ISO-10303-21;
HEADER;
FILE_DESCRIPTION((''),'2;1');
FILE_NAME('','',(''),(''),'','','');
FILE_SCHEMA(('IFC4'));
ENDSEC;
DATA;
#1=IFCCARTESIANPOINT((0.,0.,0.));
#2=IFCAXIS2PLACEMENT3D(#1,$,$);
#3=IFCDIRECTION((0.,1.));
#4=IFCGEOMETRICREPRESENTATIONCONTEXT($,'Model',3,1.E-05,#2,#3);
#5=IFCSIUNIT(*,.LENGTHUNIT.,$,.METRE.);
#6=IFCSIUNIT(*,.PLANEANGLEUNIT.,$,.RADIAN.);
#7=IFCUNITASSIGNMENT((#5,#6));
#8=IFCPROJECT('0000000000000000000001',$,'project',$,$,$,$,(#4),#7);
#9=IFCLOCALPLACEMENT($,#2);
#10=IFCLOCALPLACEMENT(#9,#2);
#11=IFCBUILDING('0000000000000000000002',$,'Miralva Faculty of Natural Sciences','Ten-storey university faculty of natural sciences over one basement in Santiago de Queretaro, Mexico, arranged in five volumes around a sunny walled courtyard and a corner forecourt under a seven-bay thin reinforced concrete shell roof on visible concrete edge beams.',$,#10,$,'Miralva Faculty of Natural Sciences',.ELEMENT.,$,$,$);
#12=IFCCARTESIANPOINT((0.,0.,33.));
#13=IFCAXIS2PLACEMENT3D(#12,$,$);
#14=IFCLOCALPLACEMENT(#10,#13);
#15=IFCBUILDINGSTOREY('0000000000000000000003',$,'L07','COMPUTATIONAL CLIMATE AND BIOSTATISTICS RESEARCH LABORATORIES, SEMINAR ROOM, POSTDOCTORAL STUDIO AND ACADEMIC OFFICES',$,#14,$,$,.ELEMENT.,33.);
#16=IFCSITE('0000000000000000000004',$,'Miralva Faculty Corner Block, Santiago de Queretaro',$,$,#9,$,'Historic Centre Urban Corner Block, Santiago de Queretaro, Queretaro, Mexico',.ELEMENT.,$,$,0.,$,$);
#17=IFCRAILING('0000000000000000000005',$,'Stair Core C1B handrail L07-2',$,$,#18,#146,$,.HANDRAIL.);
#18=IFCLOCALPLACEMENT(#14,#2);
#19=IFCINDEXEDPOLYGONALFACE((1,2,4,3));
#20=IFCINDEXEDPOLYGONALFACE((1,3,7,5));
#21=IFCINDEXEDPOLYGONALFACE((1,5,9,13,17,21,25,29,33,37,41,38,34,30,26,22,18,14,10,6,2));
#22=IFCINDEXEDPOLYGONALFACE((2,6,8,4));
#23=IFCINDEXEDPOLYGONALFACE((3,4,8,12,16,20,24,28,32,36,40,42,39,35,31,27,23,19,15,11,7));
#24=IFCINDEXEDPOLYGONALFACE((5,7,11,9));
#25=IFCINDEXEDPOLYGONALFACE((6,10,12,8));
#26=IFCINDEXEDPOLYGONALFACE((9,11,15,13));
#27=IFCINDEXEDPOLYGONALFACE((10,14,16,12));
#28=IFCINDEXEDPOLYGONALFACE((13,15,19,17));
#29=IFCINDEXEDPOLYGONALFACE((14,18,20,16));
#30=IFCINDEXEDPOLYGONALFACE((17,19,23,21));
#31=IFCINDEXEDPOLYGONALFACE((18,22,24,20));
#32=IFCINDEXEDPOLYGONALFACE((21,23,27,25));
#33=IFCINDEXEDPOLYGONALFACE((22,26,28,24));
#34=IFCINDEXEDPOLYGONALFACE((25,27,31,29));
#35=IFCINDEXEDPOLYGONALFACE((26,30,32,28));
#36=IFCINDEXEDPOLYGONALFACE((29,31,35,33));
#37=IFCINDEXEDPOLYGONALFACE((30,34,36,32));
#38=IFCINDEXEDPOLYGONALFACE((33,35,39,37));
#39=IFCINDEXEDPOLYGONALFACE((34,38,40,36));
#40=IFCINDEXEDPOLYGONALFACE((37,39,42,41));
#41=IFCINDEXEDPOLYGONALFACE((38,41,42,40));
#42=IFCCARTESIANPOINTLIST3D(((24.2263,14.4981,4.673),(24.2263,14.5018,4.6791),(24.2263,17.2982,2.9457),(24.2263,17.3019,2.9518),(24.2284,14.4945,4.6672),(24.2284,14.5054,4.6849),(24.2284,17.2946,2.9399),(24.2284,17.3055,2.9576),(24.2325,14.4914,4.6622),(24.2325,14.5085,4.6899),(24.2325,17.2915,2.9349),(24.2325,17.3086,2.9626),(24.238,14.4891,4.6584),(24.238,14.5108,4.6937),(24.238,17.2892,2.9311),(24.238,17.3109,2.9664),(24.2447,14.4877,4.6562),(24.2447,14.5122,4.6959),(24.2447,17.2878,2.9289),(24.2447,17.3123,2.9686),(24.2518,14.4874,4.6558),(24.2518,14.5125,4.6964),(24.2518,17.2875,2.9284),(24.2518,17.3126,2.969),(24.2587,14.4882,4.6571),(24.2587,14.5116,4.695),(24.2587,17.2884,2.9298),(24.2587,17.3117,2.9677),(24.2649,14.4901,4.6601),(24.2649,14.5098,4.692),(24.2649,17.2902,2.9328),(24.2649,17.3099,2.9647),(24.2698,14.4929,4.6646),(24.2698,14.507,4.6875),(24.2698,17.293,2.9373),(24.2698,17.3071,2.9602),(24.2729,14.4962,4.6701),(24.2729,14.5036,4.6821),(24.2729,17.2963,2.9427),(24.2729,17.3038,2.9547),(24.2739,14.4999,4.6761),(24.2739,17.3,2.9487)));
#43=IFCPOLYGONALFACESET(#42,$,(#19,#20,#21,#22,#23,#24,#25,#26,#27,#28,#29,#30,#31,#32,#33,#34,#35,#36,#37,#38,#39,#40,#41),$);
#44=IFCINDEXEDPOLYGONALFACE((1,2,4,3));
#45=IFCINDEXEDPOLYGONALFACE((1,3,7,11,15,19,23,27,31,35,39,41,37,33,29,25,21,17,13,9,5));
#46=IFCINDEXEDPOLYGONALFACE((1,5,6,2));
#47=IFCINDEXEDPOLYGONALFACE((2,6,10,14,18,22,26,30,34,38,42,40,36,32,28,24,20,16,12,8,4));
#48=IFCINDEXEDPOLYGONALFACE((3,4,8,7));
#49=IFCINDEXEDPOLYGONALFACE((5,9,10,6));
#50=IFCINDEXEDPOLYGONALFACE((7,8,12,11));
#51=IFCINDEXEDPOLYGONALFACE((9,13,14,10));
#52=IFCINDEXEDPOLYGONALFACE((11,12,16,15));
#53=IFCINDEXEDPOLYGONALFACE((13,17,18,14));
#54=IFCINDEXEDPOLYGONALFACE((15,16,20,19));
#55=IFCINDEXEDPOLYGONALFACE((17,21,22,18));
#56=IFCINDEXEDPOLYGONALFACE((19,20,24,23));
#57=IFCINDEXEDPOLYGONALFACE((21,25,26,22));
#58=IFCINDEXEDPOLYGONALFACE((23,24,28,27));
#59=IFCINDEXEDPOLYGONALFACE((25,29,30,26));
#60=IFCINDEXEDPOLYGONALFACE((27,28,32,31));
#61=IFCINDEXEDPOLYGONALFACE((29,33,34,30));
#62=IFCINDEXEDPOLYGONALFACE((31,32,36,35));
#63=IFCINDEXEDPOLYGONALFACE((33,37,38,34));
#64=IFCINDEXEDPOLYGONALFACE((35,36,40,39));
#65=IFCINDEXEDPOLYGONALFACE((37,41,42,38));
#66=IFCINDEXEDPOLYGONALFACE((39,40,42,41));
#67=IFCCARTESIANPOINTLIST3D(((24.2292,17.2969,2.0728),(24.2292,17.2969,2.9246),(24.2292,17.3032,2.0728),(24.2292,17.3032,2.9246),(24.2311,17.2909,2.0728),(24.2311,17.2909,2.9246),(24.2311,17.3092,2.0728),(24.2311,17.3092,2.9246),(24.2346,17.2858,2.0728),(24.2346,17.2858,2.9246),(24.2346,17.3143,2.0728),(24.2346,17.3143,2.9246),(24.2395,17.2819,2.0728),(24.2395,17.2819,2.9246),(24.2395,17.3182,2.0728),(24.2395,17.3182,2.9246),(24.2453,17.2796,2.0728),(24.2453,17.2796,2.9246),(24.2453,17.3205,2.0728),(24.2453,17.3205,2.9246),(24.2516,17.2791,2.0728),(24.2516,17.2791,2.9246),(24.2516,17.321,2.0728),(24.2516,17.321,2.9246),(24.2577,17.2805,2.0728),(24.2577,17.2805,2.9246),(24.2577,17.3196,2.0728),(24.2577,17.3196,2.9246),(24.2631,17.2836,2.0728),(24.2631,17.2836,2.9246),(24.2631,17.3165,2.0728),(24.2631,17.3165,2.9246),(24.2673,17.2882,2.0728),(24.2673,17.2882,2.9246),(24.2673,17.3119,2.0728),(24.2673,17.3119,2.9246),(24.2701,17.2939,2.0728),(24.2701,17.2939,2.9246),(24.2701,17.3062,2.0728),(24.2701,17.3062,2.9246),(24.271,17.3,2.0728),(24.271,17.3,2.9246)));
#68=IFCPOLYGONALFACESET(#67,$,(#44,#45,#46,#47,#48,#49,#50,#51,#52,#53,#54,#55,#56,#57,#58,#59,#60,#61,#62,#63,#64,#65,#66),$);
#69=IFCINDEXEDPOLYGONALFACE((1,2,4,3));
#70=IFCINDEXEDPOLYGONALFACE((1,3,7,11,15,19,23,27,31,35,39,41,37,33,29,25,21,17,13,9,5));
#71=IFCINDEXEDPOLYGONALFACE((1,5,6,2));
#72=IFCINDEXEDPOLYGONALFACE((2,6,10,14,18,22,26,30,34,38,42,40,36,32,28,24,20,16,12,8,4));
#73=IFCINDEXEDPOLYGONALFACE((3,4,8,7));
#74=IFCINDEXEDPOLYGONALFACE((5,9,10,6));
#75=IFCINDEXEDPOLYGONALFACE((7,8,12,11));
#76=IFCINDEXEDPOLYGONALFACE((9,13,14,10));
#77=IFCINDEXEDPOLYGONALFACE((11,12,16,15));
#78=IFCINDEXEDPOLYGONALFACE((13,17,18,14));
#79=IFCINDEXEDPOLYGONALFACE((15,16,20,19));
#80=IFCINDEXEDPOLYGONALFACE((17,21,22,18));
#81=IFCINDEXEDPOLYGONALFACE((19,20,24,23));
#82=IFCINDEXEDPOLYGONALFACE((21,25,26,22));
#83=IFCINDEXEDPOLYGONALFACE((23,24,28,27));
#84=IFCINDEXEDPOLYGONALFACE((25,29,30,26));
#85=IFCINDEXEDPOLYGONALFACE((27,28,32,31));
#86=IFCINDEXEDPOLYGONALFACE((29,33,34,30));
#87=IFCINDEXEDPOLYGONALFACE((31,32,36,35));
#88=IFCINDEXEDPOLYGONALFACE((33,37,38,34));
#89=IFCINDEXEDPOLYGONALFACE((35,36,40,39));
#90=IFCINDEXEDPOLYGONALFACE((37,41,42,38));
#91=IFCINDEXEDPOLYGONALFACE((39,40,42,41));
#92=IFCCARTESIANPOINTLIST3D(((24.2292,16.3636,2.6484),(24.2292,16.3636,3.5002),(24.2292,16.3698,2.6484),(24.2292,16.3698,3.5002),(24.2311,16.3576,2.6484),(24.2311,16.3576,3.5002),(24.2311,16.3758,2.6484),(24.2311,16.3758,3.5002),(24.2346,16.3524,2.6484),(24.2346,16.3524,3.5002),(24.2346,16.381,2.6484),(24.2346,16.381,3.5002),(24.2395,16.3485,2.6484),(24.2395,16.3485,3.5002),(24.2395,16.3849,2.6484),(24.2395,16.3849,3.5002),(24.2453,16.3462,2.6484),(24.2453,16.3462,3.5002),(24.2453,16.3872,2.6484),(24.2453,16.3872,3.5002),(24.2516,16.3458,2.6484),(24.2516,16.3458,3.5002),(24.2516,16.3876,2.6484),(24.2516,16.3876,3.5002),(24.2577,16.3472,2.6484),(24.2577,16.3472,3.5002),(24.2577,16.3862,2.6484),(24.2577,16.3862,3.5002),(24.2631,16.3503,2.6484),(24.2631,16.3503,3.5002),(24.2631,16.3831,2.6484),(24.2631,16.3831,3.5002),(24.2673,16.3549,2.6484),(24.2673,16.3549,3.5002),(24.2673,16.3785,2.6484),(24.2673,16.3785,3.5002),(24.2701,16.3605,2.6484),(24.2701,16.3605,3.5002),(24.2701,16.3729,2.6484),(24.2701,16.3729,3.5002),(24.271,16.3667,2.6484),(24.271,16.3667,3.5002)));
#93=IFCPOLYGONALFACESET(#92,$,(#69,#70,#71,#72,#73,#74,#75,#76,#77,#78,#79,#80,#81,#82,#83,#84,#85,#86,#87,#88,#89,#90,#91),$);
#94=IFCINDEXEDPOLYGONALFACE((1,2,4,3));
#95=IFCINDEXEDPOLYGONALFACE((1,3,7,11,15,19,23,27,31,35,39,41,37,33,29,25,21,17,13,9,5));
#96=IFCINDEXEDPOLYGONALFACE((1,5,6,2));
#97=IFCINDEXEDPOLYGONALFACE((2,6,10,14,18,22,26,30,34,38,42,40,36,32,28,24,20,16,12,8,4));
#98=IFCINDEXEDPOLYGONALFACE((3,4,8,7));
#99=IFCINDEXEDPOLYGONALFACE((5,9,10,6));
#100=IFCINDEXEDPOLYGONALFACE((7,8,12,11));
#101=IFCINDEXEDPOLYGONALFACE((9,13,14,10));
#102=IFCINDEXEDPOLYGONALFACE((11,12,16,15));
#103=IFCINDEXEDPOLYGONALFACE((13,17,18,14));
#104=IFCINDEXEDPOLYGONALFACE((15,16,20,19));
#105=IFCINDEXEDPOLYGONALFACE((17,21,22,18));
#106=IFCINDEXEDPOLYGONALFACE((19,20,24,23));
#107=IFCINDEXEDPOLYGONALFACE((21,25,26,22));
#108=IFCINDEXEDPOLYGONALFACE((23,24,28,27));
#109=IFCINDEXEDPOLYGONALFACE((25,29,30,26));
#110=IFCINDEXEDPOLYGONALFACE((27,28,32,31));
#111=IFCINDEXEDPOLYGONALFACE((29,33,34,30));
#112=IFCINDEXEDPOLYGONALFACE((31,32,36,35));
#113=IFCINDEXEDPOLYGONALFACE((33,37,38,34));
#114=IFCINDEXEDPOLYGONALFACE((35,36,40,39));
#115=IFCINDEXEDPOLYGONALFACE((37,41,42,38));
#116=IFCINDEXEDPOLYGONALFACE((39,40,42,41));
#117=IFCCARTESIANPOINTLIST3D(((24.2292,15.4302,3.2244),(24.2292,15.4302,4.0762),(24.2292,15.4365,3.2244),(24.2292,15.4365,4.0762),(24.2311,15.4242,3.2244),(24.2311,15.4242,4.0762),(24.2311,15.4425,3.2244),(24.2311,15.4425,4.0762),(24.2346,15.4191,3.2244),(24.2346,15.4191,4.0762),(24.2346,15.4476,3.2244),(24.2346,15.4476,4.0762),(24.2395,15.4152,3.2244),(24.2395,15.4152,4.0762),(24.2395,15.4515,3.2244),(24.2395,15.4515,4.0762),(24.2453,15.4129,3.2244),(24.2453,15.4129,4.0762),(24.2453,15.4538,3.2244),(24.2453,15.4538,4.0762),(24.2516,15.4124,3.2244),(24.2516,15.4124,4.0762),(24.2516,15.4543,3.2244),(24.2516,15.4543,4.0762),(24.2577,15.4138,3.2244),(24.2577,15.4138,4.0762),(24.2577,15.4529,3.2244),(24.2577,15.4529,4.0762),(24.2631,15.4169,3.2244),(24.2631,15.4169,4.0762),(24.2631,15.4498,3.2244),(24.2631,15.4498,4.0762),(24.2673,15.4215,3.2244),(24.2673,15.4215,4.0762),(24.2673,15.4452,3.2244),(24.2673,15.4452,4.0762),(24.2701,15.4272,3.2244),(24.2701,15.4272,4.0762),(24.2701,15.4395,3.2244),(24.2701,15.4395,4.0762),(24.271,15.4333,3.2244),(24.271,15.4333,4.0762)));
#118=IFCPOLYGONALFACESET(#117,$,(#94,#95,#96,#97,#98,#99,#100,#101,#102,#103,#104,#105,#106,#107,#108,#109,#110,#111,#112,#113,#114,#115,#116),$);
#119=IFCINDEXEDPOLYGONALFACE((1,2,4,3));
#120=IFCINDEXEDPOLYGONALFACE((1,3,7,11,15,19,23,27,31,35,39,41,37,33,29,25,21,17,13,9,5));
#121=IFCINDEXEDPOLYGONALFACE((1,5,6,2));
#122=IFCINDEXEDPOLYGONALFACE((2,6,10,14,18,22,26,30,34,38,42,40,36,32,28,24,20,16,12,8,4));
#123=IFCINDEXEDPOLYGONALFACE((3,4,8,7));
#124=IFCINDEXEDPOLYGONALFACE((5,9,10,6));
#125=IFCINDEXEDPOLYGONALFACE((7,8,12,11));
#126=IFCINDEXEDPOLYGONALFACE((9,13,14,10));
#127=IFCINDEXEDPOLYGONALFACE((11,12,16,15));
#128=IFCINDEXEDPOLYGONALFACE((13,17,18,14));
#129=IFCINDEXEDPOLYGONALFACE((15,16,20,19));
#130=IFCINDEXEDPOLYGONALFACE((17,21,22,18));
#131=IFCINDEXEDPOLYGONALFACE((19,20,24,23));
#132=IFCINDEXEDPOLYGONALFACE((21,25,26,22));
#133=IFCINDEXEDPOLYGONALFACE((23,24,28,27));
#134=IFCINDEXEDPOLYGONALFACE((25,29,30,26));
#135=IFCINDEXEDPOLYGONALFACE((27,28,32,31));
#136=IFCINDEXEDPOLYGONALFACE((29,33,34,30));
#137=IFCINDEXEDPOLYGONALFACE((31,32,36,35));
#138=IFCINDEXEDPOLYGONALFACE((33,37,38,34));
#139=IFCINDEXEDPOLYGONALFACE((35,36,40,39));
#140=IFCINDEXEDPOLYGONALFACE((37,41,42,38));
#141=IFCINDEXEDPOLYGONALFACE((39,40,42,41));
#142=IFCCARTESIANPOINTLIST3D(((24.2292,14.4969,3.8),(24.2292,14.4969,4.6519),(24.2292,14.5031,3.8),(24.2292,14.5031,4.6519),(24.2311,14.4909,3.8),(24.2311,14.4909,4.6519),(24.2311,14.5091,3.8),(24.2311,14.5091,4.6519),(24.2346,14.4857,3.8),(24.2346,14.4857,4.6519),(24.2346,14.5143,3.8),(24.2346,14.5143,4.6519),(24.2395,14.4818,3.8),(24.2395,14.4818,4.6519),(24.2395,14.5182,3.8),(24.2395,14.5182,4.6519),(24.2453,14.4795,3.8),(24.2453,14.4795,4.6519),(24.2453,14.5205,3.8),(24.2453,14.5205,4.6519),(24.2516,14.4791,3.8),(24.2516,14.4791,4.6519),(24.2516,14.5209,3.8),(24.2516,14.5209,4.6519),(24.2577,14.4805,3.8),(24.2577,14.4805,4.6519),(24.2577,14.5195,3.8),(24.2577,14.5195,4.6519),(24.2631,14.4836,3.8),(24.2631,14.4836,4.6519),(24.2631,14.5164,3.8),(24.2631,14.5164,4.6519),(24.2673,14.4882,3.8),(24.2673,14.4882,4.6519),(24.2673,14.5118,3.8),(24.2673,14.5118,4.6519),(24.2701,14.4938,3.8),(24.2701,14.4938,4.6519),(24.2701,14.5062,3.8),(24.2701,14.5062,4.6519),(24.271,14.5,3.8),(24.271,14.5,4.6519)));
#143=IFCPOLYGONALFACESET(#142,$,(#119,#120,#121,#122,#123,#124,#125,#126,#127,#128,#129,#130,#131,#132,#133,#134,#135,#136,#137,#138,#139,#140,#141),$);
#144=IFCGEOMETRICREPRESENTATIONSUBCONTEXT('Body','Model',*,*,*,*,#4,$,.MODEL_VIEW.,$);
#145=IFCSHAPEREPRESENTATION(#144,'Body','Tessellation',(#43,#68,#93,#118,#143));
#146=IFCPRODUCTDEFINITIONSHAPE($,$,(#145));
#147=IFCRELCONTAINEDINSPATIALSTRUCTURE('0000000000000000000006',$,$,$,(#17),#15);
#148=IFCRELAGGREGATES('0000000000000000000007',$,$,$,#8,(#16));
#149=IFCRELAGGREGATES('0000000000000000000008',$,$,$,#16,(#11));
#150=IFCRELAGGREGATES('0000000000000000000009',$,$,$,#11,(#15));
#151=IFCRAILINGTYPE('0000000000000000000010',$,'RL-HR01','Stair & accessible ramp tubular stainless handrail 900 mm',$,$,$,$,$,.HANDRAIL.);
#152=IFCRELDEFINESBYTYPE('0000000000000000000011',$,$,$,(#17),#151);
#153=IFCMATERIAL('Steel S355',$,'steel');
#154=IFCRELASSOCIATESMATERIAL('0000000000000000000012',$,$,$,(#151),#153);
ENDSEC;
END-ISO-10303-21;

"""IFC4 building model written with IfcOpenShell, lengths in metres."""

from ifc_helpers import new_model, si_unit, direction, frame, origin, origin_2d, place, context, subcontext, project, spatial, circle, extrude, material, type_object, element, save


model = new_model("IFC4")

# Units and contexts
model_context = context("Model", 3, precision=1e-05, world=origin(), true_north=direction((0.0, 1.0)))
body_context = subcontext(model_context, "Body", "Model", "MODEL_VIEW")
ifc_project = project(units=[si_unit("LENGTHUNIT", "METRE"), si_unit("PLANEANGLEUNIT", "RADIAN")], contexts=[model_context])

# Site, building, storey
site_placement = place(None, origin())
site = spatial("IfcSite", under=ifc_project, at=site_placement, Name="Miralva Faculty Corner Block, Santiago de Queretaro", LongName="Historic Centre Urban Corner Block, Santiago de Queretaro, Queretaro, Mexico", CompositionType="ELEMENT", RefElevation=0.0)
building_placement = place(site_placement, origin())
building = spatial("IfcBuilding", under=site, at=building_placement, Name="Miralva Faculty of Natural Sciences", Description="Ten-storey university faculty of natural sciences over one basement in Santiago de Queretaro, Mexico, arranged in five volumes around a sunny walled courtyard and a corner forecourt under a seven-bay thin reinforced concrete shell roof on visible concrete edge beams.", LongName="Miralva Faculty of Natural Sciences", CompositionType="ELEMENT")
storey_placement = place(building_placement, frame((0.0, 0.0, 33.0)))
storey = spatial("IfcBuildingStorey", under=building, at=storey_placement, Name="L07", Description="COMPUTATIONAL CLIMATE AND BIOSTATISTICS RESEARCH LABORATORIES, SEMINAR ROOM, POSTDOCTORAL STUDIO AND ACADEMIC OFFICES", CompositionType="ELEMENT", Elevation=33.0)

# Railing
ifc_material_1 = material(Name="Steel S355", Category="steel")
railing_type_1 = type_object("IfcRailingType", Name="RL-HR01", Description="Stair & accessible ramp tubular stainless handrail 900 mm", PredefinedType="HANDRAIL", material=ifc_material_1)
railing_1_placement = place(storey_placement, frame((24.25, 17.3, 2.0728)))
element("IfcRailing", 1, at=railing_1_placement, inside=storey, type_object=railing_type_1, Name="Stair Core C1B handrail L07-2", PredefinedType="HANDRAIL", context=body_context, shape_type="SweptSolid", body=[
    extrude(circle(Radius=0.0239, at=origin_2d()), frame((0.0, 0.0, 0.876), z_axis=(0.0, -0.85109, 0.52502), x_axis=(1.0, 0.0, 0.0)), (0.0, 0.0, 1.0), 3.29),
    extrude(circle(Radius=0.021, at=origin_2d()), origin(), (0.0, 0.0, 1.0), 0.8518),
    extrude(circle(Radius=0.021, at=origin_2d()), frame((0.0, -0.9333, 0.5757)), (0.0, 0.0, 1.0), 0.8518),
    extrude(circle(Radius=0.021, at=origin_2d()), frame((0.0, -1.8667, 1.1516)), (0.0, 0.0, 1.0), 0.8518),
    extrude(circle(Radius=0.021, at=origin_2d()), frame((0.0, -2.8, 1.7273)), (0.0, 0.0, 1.0), 0.8518),
])

save(model, "model.ifc")
